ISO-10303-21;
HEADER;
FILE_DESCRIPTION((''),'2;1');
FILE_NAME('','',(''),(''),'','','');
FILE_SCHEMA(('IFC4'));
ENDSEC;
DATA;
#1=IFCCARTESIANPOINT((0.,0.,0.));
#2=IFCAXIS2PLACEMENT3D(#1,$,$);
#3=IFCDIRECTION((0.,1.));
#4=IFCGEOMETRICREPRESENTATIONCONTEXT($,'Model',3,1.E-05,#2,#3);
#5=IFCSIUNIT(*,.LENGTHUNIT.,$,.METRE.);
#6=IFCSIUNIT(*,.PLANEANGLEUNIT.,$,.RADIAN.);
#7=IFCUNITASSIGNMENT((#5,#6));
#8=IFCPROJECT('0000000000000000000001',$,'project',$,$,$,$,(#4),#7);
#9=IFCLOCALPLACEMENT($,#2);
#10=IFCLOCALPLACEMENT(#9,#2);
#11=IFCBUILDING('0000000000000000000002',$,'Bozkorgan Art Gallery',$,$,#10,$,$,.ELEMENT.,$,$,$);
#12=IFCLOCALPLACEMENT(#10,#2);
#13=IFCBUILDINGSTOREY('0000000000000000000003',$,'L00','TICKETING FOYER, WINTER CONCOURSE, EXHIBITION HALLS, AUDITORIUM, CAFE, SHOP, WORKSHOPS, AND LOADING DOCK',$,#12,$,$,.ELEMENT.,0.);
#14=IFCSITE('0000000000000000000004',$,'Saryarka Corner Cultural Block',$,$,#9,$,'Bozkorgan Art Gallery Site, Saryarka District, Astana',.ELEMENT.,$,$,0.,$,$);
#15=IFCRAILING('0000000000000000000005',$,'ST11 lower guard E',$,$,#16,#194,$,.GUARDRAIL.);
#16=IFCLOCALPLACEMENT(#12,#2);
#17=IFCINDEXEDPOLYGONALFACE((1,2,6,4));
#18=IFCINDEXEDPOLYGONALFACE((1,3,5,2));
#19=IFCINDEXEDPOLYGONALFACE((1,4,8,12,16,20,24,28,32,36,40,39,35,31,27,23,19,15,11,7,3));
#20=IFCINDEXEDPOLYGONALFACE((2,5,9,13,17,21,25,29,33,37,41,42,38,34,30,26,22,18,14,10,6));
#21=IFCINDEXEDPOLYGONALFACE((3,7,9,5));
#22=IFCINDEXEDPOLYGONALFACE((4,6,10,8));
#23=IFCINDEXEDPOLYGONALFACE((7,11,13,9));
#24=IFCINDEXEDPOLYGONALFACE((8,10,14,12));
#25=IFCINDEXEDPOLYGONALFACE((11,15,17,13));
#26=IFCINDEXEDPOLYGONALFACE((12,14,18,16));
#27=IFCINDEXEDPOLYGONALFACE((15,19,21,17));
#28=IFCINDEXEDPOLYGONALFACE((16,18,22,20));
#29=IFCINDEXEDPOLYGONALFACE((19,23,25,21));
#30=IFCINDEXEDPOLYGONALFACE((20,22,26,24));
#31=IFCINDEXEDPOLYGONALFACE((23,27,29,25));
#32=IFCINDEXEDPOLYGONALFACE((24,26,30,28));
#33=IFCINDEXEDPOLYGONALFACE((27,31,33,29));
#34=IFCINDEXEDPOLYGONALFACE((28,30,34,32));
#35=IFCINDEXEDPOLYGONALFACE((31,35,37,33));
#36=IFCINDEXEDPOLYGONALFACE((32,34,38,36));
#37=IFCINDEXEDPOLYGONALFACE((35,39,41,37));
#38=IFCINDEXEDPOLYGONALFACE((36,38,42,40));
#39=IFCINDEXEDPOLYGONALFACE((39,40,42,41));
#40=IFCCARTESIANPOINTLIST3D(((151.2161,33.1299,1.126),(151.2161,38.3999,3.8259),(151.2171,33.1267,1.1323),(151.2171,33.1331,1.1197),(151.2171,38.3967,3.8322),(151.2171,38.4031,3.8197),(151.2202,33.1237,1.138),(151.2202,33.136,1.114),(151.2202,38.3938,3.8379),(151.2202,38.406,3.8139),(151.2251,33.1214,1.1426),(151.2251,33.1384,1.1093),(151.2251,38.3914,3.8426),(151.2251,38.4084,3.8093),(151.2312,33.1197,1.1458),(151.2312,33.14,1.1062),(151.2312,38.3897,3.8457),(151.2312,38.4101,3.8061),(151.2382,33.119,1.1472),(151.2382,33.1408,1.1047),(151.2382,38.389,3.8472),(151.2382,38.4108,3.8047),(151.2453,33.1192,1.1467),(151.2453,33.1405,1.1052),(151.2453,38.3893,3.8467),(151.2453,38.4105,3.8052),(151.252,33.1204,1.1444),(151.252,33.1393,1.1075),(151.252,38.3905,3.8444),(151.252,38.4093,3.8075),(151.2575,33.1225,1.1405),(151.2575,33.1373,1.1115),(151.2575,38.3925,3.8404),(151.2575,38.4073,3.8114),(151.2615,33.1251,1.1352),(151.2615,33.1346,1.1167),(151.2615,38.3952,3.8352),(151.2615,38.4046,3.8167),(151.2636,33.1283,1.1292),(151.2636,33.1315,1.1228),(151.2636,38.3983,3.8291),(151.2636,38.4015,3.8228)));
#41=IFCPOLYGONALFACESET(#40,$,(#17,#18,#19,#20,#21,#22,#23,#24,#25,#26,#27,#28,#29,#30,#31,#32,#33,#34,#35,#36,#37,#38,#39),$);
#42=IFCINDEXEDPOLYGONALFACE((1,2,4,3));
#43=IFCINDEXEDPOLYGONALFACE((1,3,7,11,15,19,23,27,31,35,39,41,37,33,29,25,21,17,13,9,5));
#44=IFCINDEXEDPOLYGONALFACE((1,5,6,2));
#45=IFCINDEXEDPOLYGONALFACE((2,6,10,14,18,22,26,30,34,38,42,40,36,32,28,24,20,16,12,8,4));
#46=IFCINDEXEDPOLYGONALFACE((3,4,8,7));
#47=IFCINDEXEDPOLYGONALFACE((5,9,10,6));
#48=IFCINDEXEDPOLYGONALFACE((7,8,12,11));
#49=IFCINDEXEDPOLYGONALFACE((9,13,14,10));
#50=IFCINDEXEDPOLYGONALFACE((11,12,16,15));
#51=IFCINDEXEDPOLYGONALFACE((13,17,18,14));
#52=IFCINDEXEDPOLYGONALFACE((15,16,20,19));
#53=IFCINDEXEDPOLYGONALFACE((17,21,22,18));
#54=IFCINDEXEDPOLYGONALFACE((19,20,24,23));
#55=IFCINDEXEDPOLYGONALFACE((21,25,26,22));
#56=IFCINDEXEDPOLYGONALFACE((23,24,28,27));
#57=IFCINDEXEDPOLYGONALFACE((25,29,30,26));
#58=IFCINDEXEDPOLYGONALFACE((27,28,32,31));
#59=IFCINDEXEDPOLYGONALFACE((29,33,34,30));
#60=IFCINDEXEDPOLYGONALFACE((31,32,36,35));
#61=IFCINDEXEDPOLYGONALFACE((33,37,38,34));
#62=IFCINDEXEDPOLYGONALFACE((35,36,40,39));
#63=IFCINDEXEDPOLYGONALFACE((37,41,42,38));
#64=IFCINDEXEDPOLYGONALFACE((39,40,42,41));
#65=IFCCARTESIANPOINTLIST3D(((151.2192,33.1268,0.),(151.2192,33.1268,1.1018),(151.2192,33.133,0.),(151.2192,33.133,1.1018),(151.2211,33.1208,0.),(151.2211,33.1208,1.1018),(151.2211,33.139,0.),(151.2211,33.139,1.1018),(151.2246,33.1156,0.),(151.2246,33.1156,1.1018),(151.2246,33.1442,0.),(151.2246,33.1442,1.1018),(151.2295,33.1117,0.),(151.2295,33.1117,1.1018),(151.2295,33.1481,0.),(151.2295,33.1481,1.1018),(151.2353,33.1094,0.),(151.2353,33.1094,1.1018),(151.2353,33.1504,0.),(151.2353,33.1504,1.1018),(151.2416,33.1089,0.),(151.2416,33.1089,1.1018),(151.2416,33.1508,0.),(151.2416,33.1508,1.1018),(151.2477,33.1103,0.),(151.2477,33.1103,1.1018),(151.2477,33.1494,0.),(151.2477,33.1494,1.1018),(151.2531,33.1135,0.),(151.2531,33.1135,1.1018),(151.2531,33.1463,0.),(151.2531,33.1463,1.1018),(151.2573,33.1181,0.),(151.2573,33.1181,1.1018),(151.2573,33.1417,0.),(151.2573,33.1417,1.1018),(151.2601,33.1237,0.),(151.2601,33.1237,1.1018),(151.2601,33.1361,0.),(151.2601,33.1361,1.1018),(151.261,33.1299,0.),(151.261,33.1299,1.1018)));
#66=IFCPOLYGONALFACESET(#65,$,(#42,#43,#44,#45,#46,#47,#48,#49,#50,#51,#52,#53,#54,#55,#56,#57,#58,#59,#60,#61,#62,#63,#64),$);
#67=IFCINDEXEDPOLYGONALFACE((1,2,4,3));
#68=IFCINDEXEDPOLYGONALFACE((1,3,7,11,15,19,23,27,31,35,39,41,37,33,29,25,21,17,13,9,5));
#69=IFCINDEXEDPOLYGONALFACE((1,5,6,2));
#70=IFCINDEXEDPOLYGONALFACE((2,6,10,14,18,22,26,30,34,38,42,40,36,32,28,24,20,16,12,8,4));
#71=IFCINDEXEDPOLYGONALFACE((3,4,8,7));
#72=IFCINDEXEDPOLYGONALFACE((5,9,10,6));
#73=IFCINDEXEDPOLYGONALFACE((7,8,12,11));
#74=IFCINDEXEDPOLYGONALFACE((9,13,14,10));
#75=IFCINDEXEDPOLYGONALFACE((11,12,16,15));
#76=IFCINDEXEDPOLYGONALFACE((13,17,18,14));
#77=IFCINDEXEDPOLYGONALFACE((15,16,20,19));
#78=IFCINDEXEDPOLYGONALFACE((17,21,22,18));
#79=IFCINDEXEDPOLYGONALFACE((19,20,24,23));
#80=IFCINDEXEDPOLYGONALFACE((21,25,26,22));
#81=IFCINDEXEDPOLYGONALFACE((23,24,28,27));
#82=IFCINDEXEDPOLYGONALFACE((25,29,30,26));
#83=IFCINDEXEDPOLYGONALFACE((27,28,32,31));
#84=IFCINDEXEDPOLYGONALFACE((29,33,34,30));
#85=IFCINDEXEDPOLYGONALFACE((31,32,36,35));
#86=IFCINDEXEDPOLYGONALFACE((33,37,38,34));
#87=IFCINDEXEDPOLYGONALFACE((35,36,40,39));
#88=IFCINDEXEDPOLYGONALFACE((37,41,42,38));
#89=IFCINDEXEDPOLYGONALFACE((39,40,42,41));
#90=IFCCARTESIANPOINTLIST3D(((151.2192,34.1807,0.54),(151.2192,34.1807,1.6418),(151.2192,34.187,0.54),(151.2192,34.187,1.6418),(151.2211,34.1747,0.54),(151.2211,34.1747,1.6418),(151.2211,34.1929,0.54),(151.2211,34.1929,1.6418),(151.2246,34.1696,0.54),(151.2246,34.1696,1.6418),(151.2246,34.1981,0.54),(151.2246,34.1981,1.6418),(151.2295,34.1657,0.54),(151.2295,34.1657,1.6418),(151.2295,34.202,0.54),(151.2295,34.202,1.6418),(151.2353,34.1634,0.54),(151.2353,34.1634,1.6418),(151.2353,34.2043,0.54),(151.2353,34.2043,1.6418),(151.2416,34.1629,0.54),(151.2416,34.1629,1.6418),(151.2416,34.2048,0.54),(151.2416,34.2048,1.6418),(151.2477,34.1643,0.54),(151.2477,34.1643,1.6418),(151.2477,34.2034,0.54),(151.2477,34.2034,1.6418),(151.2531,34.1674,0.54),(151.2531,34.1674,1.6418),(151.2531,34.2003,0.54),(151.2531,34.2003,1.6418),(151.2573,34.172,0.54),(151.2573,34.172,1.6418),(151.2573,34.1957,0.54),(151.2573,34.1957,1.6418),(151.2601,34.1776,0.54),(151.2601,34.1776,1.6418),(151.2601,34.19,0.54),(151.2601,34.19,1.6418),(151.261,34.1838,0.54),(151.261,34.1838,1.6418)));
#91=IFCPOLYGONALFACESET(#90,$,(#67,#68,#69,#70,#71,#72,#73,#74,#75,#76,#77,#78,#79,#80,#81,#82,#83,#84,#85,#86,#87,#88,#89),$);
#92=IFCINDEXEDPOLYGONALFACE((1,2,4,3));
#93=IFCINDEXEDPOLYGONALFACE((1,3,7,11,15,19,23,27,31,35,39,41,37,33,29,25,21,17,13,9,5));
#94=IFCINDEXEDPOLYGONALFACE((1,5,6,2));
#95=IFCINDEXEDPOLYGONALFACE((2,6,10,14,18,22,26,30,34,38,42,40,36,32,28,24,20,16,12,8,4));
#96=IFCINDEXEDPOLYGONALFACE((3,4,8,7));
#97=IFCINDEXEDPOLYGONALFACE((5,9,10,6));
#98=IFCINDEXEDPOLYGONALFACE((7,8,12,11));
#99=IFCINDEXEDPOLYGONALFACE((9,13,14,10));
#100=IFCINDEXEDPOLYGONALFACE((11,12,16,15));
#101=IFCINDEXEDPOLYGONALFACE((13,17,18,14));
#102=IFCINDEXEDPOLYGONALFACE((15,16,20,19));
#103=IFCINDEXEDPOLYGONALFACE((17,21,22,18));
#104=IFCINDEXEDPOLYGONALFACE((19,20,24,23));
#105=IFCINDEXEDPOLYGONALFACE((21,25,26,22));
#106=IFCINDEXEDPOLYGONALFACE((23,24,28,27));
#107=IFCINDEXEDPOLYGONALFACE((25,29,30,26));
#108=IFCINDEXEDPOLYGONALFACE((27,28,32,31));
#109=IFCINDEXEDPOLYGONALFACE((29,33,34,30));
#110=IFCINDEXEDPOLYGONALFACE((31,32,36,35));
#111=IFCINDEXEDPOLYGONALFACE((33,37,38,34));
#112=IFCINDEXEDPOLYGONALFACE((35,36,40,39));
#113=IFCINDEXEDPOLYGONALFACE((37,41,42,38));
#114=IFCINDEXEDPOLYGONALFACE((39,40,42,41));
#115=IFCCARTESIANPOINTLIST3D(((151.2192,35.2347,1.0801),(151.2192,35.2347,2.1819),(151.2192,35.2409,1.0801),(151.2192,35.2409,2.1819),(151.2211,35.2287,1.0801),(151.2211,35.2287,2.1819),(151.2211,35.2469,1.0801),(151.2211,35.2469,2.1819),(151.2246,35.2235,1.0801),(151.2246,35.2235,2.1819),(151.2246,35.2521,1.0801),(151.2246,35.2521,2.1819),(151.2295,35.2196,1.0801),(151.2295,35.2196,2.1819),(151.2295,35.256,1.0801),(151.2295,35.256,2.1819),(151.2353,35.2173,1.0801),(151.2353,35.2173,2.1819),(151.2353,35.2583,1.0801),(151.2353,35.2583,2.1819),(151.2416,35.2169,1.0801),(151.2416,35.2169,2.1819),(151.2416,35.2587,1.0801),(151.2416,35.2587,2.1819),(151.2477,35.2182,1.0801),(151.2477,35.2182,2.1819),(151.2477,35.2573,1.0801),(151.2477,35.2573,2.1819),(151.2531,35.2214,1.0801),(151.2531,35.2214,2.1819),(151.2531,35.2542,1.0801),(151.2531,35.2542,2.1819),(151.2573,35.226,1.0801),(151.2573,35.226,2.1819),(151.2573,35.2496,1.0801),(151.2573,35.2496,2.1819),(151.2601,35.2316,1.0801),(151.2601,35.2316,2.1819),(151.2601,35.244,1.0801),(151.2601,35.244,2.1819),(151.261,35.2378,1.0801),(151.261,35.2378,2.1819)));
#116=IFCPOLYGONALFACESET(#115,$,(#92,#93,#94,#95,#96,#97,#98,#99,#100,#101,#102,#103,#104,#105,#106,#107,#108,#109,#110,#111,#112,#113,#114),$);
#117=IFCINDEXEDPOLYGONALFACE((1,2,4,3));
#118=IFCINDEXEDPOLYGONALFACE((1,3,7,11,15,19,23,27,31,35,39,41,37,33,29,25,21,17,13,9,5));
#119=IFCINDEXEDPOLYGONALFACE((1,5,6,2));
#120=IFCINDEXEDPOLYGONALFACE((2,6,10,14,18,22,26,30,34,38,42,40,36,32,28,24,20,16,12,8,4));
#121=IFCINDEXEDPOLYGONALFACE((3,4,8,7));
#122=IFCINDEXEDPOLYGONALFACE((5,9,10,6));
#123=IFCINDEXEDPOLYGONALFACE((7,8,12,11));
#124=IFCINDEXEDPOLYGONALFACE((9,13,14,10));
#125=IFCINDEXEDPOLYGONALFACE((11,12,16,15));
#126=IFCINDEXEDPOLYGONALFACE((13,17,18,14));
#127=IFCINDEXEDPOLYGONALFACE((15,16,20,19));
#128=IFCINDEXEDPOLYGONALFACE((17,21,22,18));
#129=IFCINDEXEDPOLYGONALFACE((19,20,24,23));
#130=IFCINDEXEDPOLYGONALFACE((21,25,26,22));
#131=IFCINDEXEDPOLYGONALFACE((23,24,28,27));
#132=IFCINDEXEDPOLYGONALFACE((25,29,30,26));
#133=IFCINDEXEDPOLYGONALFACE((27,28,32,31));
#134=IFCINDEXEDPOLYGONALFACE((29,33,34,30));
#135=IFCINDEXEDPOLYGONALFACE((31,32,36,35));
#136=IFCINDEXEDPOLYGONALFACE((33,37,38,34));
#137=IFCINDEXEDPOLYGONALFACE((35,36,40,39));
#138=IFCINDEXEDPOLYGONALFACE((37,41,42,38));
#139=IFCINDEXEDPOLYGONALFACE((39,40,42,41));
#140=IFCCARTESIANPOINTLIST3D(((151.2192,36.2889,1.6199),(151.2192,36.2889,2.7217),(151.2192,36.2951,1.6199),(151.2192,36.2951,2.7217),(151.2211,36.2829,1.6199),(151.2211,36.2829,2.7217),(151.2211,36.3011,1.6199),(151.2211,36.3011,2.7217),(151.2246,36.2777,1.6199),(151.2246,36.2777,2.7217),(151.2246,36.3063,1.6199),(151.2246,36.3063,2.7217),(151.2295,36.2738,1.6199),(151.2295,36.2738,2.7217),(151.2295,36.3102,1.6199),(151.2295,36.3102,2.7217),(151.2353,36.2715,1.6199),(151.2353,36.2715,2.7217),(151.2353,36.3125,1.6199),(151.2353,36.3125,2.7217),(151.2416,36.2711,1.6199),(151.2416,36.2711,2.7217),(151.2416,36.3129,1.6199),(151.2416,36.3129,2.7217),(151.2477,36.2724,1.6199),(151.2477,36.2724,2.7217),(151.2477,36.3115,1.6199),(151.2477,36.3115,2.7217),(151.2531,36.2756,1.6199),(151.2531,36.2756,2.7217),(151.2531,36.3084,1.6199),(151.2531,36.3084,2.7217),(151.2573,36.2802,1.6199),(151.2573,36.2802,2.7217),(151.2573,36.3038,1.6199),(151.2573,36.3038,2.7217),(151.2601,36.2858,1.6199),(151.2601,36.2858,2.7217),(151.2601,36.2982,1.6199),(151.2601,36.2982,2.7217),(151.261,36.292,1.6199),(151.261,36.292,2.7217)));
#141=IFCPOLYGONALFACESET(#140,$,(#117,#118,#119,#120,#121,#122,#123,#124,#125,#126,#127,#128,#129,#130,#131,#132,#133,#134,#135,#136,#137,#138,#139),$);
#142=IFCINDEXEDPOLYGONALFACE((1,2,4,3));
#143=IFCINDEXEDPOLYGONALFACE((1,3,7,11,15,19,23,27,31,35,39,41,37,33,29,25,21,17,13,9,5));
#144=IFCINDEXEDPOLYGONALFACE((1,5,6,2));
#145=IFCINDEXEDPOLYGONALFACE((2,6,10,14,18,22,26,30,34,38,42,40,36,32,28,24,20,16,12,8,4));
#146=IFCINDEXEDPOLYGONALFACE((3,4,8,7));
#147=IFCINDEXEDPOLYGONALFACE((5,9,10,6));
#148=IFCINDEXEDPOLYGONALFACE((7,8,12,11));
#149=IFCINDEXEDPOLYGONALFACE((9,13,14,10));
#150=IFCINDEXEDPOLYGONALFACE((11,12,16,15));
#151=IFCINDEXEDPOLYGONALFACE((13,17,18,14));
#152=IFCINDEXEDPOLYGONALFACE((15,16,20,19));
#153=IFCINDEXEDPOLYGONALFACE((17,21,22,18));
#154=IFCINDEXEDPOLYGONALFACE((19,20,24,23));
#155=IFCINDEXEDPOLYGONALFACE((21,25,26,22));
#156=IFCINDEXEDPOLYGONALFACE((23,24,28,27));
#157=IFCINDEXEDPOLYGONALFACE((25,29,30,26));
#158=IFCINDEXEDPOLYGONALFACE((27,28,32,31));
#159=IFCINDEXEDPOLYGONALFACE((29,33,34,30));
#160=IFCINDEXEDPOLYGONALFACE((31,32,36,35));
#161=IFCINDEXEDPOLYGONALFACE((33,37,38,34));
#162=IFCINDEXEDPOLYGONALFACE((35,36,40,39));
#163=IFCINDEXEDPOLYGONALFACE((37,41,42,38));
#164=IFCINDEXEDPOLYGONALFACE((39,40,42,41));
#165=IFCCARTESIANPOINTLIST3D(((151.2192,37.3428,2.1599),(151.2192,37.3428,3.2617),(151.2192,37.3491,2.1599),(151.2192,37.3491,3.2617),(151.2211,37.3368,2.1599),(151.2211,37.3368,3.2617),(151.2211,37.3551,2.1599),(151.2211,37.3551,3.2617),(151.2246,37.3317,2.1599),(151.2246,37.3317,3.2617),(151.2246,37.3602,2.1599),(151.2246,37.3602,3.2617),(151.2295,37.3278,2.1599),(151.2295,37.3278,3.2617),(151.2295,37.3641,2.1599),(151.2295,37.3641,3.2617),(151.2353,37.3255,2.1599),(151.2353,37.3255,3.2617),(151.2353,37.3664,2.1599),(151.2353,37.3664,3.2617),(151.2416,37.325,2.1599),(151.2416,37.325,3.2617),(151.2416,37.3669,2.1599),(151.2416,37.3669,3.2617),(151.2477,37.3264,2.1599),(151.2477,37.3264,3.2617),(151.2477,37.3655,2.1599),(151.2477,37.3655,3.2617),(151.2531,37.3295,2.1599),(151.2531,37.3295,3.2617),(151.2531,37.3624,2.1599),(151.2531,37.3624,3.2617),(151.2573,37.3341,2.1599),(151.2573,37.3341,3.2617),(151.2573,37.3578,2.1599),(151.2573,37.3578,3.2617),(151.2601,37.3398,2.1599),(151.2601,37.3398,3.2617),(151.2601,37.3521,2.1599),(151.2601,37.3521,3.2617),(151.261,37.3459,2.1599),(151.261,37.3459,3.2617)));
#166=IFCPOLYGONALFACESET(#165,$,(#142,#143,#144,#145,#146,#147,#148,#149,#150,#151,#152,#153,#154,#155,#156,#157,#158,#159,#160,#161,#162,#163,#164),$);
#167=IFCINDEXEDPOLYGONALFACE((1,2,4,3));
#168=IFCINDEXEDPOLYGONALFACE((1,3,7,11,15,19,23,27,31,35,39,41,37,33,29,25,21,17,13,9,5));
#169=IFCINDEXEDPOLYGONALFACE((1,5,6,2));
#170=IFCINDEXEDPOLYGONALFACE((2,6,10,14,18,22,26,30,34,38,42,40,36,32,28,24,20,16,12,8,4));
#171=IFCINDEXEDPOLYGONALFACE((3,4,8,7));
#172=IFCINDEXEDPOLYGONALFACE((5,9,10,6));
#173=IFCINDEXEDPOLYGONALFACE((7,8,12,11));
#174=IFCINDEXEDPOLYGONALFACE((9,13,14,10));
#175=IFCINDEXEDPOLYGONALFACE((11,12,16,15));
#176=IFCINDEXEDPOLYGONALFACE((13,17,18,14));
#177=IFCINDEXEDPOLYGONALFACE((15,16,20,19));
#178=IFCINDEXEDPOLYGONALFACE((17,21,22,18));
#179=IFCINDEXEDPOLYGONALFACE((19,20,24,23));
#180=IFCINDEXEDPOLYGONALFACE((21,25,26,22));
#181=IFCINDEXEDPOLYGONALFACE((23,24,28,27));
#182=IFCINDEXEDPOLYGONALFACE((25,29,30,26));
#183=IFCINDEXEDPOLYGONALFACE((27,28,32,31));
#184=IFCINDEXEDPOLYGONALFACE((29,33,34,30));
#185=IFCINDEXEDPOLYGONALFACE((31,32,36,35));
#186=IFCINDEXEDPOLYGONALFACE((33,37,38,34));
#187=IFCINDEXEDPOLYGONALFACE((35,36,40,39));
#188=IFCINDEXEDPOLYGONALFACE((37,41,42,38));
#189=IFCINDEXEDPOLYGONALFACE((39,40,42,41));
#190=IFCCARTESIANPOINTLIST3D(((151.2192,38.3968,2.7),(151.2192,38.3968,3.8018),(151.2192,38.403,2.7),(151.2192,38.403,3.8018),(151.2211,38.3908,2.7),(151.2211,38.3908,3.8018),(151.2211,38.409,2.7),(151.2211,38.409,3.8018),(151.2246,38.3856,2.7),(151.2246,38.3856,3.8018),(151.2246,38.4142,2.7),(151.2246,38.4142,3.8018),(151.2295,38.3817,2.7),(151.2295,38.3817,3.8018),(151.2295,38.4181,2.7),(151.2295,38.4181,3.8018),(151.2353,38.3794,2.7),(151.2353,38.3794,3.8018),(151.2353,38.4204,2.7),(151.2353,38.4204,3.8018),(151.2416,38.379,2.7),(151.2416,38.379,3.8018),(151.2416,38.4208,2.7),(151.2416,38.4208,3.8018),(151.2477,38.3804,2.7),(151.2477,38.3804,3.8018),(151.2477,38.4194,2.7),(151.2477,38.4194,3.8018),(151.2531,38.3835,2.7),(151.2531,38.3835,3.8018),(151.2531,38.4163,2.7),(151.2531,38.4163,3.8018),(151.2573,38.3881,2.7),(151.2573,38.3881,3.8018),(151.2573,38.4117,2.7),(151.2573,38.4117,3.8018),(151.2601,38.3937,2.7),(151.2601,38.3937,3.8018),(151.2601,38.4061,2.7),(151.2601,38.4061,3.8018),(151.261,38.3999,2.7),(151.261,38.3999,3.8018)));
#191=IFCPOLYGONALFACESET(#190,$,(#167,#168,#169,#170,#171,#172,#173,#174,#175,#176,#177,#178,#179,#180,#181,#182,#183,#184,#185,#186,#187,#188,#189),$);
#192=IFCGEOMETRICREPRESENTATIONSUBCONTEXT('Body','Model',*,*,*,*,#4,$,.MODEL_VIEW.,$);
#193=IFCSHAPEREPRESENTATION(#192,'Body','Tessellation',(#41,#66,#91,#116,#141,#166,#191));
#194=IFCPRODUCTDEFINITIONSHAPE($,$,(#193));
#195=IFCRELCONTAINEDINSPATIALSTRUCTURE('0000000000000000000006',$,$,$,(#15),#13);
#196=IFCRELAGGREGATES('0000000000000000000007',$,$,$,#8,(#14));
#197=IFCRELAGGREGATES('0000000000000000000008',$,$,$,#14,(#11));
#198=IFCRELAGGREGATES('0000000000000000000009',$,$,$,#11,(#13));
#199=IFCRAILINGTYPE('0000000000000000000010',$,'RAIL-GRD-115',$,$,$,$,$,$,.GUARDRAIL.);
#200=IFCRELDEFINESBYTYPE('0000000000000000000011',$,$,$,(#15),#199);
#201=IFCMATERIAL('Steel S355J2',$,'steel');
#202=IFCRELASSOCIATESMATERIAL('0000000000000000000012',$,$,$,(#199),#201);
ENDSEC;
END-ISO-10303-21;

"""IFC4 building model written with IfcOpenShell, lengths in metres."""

from ifc_helpers import new_model, si_unit, direction, frame, origin, origin_2d, place, context, subcontext, project, spatial, circle, extrude, material, type_object, element, save


model = new_model("IFC4")

# Units and contexts
model_context = context("Model", 3, precision=1e-05, world=origin(), true_north=direction((0.0, 1.0)))
body_context = subcontext(model_context, "Body", "Model", "MODEL_VIEW")
ifc_project = project(units=[si_unit("LENGTHUNIT", "METRE"), si_unit("PLANEANGLEUNIT", "RADIAN")], contexts=[model_context])

# Site, building, storey
site_placement = place(None, origin())
site = spatial("IfcSite", under=ifc_project, at=site_placement, Name="Saryarka Corner Cultural Block", LongName="Bozkorgan Art Gallery Site, Saryarka District, Astana", CompositionType="ELEMENT", RefElevation=0.0)
building_placement = place(site_placement, origin())
building = spatial("IfcBuilding", under=site, at=building_placement, Name="Bozkorgan Art Gallery", CompositionType="ELEMENT")
storey_placement = place(building_placement, origin())
storey = spatial("IfcBuildingStorey", under=building, at=storey_placement, Name="L00", Description="TICKETING FOYER, WINTER CONCOURSE, EXHIBITION HALLS, AUDITORIUM, CAFE, SHOP, WORKSHOPS, AND LOADING DOCK", CompositionType="ELEMENT", Elevation=0.0)

# Shared definitions
ifc_material_1 = material(Name="Steel S355J2", Category="steel")

# Railing
railing_type = type_object("IfcRailingType", Name="RAIL-GRD-115", PredefinedType="GUARDRAIL", material=ifc_material_1)
for number, where, name in (
    (1, (151.24, 33.1299, 0.0), "ST11 lower guard E"),
):
    element("IfcRailing", number, at=place(storey_placement, frame(where)), inside=storey, type_object=railing_type, Name=name, PredefinedType="GUARDRAIL", context=body_context, shape_type="SweptSolid", body=[
        extrude(circle(Radius=0.0239, at=origin_2d()), frame((0.0, 0.0, 1.126), z_axis=(0.0, 0.889997, 0.455966), x_axis=(-1.0, 0.0, 0.0)), (0.0, 0.0, 1.0), 5.9214),
        extrude(circle(Radius=0.021, at=origin_2d()), origin(), (0.0, 0.0, 1.0), 1.1018),
        extrude(circle(Radius=0.021, at=origin_2d()), frame((0.0, 1.054, 0.54)), (0.0, 0.0, 1.0), 1.1018),
        extrude(circle(Radius=0.021, at=origin_2d()), frame((0.0, 2.1079, 1.0801)), (0.0, 0.0, 1.0), 1.1018),
        extrude(circle(Radius=0.021, at=origin_2d()), frame((0.0, 3.1621, 1.6199)), (0.0, 0.0, 1.0), 1.1018),
        extrude(circle(Radius=0.021, at=origin_2d()), frame((0.0, 4.2161, 2.1599)), (0.0, 0.0, 1.0), 1.1018),
        extrude(circle(Radius=0.021, at=origin_2d()), frame((0.0, 5.27, 2.7)), (0.0, 0.0, 1.0), 1.1018),
    ])

save(model, "model.ifc")
